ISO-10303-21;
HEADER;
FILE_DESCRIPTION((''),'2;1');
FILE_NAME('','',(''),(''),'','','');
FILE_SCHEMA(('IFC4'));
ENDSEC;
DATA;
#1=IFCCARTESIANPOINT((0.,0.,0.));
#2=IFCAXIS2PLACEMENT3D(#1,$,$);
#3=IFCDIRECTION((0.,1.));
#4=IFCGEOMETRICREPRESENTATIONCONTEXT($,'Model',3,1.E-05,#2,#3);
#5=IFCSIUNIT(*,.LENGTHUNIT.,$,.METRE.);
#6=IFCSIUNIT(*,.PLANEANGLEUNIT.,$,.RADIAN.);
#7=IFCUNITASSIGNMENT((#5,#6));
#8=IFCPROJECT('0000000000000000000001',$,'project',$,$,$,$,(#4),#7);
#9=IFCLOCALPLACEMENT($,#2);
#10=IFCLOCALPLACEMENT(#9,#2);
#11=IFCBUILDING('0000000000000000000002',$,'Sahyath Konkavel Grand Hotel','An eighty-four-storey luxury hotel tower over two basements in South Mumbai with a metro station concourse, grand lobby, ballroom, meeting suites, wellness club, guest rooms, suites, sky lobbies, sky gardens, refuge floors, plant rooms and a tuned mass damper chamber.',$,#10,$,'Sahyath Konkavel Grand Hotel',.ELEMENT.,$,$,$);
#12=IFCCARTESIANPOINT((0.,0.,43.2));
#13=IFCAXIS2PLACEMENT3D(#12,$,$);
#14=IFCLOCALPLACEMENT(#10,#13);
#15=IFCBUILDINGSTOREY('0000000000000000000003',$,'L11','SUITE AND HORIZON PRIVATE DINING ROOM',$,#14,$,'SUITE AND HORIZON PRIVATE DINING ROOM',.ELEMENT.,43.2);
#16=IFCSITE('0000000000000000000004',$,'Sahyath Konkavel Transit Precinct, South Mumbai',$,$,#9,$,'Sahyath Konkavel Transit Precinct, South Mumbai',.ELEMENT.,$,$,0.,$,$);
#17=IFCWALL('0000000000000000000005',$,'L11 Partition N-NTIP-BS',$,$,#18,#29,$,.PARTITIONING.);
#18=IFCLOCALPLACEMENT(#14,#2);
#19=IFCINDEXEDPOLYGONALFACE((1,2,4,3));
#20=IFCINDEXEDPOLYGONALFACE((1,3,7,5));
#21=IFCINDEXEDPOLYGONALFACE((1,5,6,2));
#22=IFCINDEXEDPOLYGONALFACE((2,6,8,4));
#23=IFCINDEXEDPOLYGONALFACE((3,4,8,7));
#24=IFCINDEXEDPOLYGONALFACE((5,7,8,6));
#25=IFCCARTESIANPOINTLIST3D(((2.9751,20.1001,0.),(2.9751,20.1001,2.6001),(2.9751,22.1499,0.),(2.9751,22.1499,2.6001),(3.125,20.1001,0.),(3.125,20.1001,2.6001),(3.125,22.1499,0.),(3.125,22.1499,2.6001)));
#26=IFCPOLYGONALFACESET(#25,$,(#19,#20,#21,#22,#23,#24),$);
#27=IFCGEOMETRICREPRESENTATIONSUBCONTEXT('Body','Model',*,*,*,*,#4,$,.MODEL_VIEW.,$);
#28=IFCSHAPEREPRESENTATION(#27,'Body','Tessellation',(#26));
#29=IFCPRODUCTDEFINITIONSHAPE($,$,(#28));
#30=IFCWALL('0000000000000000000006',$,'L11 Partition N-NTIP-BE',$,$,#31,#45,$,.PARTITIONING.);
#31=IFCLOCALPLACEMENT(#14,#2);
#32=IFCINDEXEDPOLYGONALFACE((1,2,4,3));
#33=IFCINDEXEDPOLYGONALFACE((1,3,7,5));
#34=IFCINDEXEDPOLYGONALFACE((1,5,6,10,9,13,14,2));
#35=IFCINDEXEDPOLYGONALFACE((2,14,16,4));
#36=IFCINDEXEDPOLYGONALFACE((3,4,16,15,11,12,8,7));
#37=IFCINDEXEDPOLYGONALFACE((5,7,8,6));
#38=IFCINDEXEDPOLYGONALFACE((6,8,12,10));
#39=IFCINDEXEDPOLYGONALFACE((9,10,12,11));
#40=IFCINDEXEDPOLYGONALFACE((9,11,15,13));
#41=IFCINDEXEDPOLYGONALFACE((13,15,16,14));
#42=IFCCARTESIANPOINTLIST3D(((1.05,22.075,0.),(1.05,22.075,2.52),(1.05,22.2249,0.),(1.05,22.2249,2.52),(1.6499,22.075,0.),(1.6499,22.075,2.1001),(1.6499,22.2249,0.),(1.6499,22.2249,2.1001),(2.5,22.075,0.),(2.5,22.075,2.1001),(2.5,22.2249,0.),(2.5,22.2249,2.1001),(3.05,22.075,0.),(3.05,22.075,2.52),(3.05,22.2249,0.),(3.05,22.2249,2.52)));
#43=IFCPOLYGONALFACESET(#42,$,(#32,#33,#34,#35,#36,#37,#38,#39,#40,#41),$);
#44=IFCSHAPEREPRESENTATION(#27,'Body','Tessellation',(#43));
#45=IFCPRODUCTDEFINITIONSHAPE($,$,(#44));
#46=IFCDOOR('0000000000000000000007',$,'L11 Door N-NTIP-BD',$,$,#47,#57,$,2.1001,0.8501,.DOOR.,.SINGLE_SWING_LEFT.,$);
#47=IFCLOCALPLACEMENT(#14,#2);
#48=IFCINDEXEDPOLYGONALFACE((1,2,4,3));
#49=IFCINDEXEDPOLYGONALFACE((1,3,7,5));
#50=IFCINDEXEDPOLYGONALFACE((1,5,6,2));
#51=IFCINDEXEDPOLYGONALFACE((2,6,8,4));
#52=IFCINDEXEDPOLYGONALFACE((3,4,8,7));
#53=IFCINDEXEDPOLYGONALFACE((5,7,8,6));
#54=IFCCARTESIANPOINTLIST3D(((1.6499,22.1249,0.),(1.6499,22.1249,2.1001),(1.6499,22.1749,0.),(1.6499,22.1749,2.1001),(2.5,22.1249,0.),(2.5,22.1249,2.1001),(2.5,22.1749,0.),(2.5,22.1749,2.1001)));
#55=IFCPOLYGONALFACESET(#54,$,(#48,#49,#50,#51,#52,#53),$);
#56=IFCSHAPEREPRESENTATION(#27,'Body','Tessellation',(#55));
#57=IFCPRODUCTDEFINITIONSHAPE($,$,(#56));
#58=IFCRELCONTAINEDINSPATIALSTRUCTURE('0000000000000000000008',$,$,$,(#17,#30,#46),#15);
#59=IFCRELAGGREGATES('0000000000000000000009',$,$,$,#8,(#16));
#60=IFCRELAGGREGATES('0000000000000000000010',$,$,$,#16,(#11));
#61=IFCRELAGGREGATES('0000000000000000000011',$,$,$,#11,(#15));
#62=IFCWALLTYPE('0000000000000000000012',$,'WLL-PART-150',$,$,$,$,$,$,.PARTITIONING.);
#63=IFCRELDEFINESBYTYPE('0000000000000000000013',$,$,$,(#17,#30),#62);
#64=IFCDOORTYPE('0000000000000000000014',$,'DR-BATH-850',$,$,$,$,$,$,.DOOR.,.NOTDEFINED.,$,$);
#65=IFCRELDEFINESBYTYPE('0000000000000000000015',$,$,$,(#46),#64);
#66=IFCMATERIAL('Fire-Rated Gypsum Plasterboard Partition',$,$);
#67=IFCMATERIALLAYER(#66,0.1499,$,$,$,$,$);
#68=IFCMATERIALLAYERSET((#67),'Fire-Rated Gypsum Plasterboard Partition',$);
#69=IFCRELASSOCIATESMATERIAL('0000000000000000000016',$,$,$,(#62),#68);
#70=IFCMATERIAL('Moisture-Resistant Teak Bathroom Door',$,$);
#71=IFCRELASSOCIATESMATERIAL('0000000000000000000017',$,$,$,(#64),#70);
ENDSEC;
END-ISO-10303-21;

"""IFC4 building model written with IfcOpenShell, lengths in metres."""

from ifc_helpers import new_model, si_unit, direction, frame, frame_2d, origin, origin_2d, place, context, subcontext, project, spatial, rectangle, extrude, source, transform, mapped, material, layer, layer_set, type_object, element, fill, save


model = new_model("IFC4")

# Units and contexts
model_context = context("Model", 3, precision=1e-05, world=origin(), true_north=direction((0.0, 1.0)))
body_context = subcontext(model_context, "Body", "Model", "MODEL_VIEW")
ifc_project = project(units=[si_unit("LENGTHUNIT", "METRE"), si_unit("PLANEANGLEUNIT", "RADIAN")], contexts=[model_context])

# Site, building, storey
site_placement = place(None, origin())
site = spatial("IfcSite", under=ifc_project, at=site_placement, Name="Sahyath Konkavel Transit Precinct, South Mumbai", LongName="Sahyath Konkavel Transit Precinct, South Mumbai", CompositionType="ELEMENT", RefElevation=0.0)
building_placement = place(site_placement, origin())
building = spatial("IfcBuilding", under=site, at=building_placement, Name="Sahyath Konkavel Grand Hotel", Description="An eighty-four-storey luxury hotel tower over two basements in South Mumbai with a metro station concourse, grand lobby, ballroom, meeting suites, wellness club, guest rooms, suites, sky lobbies, sky gardens, refuge floors, plant rooms and a tuned mass damper chamber.", LongName="Sahyath Konkavel Grand Hotel", CompositionType="ELEMENT")
storey_placement = place(building_placement, frame((0.0, 0.0, 43.2)))
storey = spatial("IfcBuildingStorey", under=building, at=storey_placement, Name="L11", Description="SUITE AND HORIZON PRIVATE DINING ROOM", LongName="SUITE AND HORIZON PRIVATE DINING ROOM", CompositionType="ELEMENT", Elevation=43.2)

# Shared definitions
shared_shape_1 = source(origin(), body_context, "Body", "SweptSolid", [
    extrude(rectangle(XDim=0.8501, YDim=0.05, at=origin_2d()), origin(), (0.0, 0.0, 1.0), 2.1001),
])

# Wall
ifc_material_1 = material(Name="Fire-Rated Gypsum Plasterboard Partition")
ifc_layer_1 = layer(ifc_material_1, 0.1499)
ifc_layer_set_1 = layer_set([ifc_layer_1], Name="Fire-Rated Gypsum Plasterboard Partition")
wall_type_1 = type_object("IfcWallType", Name="WLL-PART-150", PredefinedType="PARTITIONING", material=ifc_layer_set_1)
for number, where, z_axis, x_axis, name in (
    (1, (3.05, 20.1001, 0.0), (0.0, 0.0, 1.0), (0.0, 1.0, 0.0), "L11 Partition N-NTIP-BS"),
):
    element("IfcWall", number, at=place(storey_placement, frame(where, z_axis=z_axis, x_axis=x_axis)), inside=storey, type_object=wall_type_1, Name=name, PredefinedType="PARTITIONING", context=body_context, shape_type="SweptSolid", body=[
        extrude(rectangle(XDim=2.0498, YDim=0.1499, at=frame_2d((1.0249, 0.0))), origin(), (0.0, 0.0, 1.0), 2.6001),
    ])

# Wall, opening, door
wall_1_placement = place(storey_placement, frame((3.05, 22.1499, 0.0), z_axis=(0.0, 0.0, 1.0), x_axis=(-1.0, 0.0, 0.0)))
wall_1 = element("IfcWall", 2, at=wall_1_placement, inside=storey, type_object=wall_type_1, Name="L11 Partition N-NTIP-BE", PredefinedType="PARTITIONING", context=body_context, shape_type="SweptSolid", body=[
    extrude(rectangle(XDim=2.0, YDim=0.1499, at=frame_2d((1.0, 0.0))), origin(), (0.0, 0.0, 1.0), 2.52),
])
opening_1_placement = place(wall_1_placement, frame((0.55, 0.0, 0.0)))
opening_1 = element("IfcOpeningElement", 3, at=opening_1_placement, cuts=wall_1, PredefinedType="OPENING", context=body_context, shape_type="SweptSolid", body=[
    extrude(rectangle(XDim=0.8501, YDim=2.1001, at=frame_2d((0.425, 1.05))), frame((0.0, 0.085, 0.0), z_axis=(0.0, -1.0, 0.0), x_axis=(1.0, 0.0, 0.0)), (0.0, 0.0, 1.0), 0.1699),
])
ifc_material_2 = material(Name="Moisture-Resistant Teak Bathroom Door")
door_type_1 = type_object("IfcDoorType", Name="DR-BATH-850", OperationType="NOTDEFINED", PredefinedType="DOOR", material=ifc_material_2)
door_1_placement = place(opening_1_placement, frame((0.425, 0.0, 0.0)))
door_1 = element("IfcDoor", 4, at=door_1_placement, inside=storey, type_object=door_type_1, Name="L11 Door N-NTIP-BD", OperationType="SINGLE_SWING_LEFT", OverallHeight=2.1001, OverallWidth=0.8501, PredefinedType="DOOR", context=body_context, shape_type="MappedRepresentation", body=[
    mapped(shared_shape_1, transform((0.0, 0.0, 0.0), scale=1.0)),
])
fill(opening_1, door_1)

save(model, "model.ifc")
